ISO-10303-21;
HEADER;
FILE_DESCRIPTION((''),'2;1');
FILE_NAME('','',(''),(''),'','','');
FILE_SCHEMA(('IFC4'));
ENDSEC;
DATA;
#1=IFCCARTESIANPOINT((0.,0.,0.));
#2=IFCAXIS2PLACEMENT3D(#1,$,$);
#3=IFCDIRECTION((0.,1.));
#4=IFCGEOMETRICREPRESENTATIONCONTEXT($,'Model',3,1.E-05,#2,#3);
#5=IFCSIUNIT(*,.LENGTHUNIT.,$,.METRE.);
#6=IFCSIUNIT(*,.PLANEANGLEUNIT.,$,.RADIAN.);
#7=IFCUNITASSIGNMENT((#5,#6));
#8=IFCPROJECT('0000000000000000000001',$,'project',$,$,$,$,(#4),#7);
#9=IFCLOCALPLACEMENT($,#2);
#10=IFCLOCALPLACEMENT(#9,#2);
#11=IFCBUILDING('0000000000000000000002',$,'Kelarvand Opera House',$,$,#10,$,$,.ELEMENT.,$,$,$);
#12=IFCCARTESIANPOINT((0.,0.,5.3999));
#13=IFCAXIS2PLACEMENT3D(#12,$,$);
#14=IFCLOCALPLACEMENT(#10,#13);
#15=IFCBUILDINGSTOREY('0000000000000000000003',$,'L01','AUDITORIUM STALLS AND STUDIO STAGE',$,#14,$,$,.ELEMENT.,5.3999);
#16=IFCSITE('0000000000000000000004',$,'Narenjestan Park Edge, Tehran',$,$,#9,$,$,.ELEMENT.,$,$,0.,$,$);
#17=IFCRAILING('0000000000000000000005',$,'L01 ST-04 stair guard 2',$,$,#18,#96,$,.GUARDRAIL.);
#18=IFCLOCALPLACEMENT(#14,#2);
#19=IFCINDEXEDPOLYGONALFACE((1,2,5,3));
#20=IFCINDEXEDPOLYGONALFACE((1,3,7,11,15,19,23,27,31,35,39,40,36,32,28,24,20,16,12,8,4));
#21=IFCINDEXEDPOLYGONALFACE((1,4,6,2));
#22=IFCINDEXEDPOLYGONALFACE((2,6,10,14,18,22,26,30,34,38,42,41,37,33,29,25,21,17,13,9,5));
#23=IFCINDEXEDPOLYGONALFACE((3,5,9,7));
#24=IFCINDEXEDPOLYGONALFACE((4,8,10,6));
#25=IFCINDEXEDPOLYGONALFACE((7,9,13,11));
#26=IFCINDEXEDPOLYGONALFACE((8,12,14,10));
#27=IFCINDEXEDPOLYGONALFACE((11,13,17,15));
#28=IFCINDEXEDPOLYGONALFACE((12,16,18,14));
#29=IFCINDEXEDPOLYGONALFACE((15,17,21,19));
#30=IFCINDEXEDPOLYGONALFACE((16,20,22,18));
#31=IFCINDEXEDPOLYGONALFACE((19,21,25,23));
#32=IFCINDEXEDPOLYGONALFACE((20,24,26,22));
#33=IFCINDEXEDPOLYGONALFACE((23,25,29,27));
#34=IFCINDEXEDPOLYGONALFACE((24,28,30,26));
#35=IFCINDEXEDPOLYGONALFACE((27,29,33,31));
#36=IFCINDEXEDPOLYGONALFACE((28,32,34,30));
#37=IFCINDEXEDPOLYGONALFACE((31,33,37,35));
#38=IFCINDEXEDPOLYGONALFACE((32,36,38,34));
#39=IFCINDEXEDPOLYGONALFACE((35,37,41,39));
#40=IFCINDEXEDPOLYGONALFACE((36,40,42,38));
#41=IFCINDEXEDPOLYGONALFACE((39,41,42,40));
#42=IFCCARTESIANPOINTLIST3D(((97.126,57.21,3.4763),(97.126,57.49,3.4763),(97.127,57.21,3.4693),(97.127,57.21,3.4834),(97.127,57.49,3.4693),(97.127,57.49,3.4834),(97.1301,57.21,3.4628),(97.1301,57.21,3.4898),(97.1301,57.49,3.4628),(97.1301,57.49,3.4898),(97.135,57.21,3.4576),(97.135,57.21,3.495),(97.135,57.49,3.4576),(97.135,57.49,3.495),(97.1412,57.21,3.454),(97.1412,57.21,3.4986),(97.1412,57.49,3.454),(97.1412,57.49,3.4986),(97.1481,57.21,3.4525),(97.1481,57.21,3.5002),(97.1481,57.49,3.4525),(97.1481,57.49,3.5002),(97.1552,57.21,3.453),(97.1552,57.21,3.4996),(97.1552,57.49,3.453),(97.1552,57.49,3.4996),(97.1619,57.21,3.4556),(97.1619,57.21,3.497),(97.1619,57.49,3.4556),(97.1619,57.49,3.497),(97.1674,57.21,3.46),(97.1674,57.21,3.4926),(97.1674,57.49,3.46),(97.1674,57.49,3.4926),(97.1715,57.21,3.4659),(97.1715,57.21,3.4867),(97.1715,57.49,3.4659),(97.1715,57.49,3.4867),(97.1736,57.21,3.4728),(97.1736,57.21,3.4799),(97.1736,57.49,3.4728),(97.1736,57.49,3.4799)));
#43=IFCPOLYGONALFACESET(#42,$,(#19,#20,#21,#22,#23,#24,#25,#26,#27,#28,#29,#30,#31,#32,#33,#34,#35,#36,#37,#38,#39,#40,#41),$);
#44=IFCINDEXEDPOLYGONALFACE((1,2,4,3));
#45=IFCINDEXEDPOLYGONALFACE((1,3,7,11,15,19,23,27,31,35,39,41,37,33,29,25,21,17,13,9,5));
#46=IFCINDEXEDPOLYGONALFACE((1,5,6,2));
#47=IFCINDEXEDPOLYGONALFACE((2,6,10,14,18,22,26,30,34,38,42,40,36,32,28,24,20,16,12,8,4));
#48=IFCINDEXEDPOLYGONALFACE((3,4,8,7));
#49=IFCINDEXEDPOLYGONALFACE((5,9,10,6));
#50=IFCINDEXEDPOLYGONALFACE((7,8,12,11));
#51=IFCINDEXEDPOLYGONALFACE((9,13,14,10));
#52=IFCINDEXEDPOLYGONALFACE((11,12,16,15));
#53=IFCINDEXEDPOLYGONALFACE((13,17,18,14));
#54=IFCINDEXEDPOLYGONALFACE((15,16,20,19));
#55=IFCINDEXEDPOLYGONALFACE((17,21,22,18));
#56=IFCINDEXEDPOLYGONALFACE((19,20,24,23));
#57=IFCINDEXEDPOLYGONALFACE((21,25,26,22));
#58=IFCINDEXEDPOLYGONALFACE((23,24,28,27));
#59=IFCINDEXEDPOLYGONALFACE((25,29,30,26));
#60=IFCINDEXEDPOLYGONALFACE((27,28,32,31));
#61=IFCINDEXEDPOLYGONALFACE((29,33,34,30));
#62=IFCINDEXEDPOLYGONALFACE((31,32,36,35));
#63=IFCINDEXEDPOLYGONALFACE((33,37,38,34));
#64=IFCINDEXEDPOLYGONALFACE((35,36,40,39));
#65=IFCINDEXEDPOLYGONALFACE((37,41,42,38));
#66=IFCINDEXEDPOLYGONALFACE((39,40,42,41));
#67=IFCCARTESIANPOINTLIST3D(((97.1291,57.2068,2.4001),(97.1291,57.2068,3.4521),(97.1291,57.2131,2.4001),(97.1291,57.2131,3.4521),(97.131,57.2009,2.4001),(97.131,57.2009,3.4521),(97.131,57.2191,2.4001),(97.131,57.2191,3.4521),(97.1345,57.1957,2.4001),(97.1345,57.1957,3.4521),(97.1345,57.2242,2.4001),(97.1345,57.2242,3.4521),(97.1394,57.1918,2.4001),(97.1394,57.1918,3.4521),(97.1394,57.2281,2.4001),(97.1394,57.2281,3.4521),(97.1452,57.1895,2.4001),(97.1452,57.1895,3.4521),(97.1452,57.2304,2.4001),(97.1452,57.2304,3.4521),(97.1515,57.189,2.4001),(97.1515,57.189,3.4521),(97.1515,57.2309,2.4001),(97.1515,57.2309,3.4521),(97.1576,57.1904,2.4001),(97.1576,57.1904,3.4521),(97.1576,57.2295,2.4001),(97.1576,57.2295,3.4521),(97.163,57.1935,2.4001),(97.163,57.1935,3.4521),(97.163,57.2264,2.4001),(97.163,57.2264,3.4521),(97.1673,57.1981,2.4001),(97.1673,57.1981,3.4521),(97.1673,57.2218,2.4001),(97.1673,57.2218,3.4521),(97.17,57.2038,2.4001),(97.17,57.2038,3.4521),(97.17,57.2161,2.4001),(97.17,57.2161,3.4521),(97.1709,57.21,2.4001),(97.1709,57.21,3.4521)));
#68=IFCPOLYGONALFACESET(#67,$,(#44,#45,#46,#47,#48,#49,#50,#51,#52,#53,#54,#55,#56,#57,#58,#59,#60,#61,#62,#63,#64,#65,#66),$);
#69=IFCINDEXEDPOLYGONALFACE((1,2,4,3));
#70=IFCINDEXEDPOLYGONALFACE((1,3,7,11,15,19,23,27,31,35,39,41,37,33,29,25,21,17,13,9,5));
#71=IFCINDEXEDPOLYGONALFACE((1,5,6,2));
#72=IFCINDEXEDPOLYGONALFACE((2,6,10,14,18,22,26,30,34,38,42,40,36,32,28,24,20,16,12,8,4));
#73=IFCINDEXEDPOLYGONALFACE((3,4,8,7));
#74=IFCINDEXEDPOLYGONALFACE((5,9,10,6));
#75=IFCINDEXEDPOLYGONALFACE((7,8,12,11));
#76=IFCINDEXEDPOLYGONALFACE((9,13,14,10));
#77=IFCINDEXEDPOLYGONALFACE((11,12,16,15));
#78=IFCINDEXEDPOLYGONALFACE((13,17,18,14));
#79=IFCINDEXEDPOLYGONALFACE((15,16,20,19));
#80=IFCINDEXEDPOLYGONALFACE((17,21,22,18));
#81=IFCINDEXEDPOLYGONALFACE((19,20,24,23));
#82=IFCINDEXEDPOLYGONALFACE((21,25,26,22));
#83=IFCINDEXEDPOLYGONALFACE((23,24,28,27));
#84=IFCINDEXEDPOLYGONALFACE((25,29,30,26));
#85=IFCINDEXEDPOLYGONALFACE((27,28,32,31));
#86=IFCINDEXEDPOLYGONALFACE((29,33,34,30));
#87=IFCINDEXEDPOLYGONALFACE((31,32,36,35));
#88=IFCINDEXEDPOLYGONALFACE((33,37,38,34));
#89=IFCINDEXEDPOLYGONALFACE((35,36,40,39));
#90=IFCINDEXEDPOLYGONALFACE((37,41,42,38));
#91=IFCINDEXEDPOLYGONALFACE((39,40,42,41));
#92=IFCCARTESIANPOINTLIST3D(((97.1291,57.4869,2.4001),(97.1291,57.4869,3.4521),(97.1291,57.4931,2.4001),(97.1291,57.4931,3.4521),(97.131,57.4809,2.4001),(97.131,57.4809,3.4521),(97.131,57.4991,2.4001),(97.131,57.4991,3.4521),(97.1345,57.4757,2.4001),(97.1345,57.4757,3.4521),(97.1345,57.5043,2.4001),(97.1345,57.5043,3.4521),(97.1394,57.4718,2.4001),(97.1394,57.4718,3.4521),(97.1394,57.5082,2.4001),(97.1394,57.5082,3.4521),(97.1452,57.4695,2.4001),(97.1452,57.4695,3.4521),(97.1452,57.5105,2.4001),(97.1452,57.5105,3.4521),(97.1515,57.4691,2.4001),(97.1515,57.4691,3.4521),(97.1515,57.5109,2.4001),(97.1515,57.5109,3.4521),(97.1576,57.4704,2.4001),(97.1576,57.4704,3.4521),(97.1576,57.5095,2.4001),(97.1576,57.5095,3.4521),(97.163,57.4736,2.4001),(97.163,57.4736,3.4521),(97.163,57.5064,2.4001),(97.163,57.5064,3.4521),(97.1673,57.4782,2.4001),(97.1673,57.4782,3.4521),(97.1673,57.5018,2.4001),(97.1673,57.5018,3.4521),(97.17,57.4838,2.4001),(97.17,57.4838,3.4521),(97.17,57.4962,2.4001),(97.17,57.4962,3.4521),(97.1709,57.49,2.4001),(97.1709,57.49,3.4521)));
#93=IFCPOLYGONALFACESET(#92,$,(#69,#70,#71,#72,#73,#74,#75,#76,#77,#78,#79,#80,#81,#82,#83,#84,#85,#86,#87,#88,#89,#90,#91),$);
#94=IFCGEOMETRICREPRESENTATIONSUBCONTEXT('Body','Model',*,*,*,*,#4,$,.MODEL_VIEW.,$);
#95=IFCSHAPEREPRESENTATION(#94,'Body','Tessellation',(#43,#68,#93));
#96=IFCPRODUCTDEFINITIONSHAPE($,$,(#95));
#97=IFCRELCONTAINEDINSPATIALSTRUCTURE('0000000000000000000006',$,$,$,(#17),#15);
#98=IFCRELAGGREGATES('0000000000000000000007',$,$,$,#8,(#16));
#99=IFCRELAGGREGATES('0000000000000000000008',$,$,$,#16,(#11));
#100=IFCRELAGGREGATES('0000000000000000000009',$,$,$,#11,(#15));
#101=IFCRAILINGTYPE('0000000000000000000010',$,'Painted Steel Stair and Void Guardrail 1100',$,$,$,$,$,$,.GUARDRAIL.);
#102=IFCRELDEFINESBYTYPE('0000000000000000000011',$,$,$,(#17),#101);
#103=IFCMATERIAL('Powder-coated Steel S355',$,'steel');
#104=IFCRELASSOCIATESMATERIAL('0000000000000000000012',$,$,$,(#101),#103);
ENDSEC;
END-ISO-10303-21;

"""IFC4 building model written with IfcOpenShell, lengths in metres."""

from ifc_helpers import new_model, si_unit, direction, frame, origin, origin_2d, place, context, subcontext, project, spatial, circle, extrude, material, type_object, element, save


model = new_model("IFC4")

# Units and contexts
model_context = context("Model", 3, precision=1e-05, world=origin(), true_north=direction((0.0, 1.0)))
body_context = subcontext(model_context, "Body", "Model", "MODEL_VIEW")
ifc_project = project(units=[si_unit("LENGTHUNIT", "METRE"), si_unit("PLANEANGLEUNIT", "RADIAN")], contexts=[model_context])

# Site, building, storey
site_placement = place(None, origin())
site = spatial("IfcSite", under=ifc_project, at=site_placement, Name="Narenjestan Park Edge, Tehran", CompositionType="ELEMENT", RefElevation=0.0)
building_placement = place(site_placement, origin())
building = spatial("IfcBuilding", under=site, at=building_placement, Name="Kelarvand Opera House", CompositionType="ELEMENT")
storey_placement = place(building_placement, frame((0.0, 0.0, 5.3999)))
storey = spatial("IfcBuildingStorey", under=building, at=storey_placement, Name="L01", Description="AUDITORIUM STALLS AND STUDIO STAGE", CompositionType="ELEMENT", Elevation=5.3999)

# Railing
ifc_material_1 = material(Name="Powder-coated Steel S355", Category="steel")
railing_type = type_object("IfcRailingType", Name="Painted Steel Stair and Void Guardrail 1100", PredefinedType="GUARDRAIL", material=ifc_material_1)
railing_1_placement = place(storey_placement, frame((97.1499, 57.21, 2.4001)))
element("IfcRailing", 1, at=railing_1_placement, inside=storey, type_object=railing_type, Name="L01 ST-04 stair guard 2", PredefinedType="GUARDRAIL", context=body_context, shape_type="SweptSolid", body=[
    extrude(circle(Radius=0.0239, at=origin_2d()), frame((0.0, 0.0, 1.0762), z_axis=(0.0, 1.0, 0.0), x_axis=(-1.0, 0.0, 0.0)), (0.0, 0.0, 1.0), 0.28),
    extrude(circle(Radius=0.021, at=origin_2d()), origin(), (0.0, 0.0, 1.0), 1.052),
    extrude(circle(Radius=0.021, at=origin_2d()), frame((0.0, 0.28, 0.0)), (0.0, 0.0, 1.0), 1.052),
])

save(model, "model.ifc")
